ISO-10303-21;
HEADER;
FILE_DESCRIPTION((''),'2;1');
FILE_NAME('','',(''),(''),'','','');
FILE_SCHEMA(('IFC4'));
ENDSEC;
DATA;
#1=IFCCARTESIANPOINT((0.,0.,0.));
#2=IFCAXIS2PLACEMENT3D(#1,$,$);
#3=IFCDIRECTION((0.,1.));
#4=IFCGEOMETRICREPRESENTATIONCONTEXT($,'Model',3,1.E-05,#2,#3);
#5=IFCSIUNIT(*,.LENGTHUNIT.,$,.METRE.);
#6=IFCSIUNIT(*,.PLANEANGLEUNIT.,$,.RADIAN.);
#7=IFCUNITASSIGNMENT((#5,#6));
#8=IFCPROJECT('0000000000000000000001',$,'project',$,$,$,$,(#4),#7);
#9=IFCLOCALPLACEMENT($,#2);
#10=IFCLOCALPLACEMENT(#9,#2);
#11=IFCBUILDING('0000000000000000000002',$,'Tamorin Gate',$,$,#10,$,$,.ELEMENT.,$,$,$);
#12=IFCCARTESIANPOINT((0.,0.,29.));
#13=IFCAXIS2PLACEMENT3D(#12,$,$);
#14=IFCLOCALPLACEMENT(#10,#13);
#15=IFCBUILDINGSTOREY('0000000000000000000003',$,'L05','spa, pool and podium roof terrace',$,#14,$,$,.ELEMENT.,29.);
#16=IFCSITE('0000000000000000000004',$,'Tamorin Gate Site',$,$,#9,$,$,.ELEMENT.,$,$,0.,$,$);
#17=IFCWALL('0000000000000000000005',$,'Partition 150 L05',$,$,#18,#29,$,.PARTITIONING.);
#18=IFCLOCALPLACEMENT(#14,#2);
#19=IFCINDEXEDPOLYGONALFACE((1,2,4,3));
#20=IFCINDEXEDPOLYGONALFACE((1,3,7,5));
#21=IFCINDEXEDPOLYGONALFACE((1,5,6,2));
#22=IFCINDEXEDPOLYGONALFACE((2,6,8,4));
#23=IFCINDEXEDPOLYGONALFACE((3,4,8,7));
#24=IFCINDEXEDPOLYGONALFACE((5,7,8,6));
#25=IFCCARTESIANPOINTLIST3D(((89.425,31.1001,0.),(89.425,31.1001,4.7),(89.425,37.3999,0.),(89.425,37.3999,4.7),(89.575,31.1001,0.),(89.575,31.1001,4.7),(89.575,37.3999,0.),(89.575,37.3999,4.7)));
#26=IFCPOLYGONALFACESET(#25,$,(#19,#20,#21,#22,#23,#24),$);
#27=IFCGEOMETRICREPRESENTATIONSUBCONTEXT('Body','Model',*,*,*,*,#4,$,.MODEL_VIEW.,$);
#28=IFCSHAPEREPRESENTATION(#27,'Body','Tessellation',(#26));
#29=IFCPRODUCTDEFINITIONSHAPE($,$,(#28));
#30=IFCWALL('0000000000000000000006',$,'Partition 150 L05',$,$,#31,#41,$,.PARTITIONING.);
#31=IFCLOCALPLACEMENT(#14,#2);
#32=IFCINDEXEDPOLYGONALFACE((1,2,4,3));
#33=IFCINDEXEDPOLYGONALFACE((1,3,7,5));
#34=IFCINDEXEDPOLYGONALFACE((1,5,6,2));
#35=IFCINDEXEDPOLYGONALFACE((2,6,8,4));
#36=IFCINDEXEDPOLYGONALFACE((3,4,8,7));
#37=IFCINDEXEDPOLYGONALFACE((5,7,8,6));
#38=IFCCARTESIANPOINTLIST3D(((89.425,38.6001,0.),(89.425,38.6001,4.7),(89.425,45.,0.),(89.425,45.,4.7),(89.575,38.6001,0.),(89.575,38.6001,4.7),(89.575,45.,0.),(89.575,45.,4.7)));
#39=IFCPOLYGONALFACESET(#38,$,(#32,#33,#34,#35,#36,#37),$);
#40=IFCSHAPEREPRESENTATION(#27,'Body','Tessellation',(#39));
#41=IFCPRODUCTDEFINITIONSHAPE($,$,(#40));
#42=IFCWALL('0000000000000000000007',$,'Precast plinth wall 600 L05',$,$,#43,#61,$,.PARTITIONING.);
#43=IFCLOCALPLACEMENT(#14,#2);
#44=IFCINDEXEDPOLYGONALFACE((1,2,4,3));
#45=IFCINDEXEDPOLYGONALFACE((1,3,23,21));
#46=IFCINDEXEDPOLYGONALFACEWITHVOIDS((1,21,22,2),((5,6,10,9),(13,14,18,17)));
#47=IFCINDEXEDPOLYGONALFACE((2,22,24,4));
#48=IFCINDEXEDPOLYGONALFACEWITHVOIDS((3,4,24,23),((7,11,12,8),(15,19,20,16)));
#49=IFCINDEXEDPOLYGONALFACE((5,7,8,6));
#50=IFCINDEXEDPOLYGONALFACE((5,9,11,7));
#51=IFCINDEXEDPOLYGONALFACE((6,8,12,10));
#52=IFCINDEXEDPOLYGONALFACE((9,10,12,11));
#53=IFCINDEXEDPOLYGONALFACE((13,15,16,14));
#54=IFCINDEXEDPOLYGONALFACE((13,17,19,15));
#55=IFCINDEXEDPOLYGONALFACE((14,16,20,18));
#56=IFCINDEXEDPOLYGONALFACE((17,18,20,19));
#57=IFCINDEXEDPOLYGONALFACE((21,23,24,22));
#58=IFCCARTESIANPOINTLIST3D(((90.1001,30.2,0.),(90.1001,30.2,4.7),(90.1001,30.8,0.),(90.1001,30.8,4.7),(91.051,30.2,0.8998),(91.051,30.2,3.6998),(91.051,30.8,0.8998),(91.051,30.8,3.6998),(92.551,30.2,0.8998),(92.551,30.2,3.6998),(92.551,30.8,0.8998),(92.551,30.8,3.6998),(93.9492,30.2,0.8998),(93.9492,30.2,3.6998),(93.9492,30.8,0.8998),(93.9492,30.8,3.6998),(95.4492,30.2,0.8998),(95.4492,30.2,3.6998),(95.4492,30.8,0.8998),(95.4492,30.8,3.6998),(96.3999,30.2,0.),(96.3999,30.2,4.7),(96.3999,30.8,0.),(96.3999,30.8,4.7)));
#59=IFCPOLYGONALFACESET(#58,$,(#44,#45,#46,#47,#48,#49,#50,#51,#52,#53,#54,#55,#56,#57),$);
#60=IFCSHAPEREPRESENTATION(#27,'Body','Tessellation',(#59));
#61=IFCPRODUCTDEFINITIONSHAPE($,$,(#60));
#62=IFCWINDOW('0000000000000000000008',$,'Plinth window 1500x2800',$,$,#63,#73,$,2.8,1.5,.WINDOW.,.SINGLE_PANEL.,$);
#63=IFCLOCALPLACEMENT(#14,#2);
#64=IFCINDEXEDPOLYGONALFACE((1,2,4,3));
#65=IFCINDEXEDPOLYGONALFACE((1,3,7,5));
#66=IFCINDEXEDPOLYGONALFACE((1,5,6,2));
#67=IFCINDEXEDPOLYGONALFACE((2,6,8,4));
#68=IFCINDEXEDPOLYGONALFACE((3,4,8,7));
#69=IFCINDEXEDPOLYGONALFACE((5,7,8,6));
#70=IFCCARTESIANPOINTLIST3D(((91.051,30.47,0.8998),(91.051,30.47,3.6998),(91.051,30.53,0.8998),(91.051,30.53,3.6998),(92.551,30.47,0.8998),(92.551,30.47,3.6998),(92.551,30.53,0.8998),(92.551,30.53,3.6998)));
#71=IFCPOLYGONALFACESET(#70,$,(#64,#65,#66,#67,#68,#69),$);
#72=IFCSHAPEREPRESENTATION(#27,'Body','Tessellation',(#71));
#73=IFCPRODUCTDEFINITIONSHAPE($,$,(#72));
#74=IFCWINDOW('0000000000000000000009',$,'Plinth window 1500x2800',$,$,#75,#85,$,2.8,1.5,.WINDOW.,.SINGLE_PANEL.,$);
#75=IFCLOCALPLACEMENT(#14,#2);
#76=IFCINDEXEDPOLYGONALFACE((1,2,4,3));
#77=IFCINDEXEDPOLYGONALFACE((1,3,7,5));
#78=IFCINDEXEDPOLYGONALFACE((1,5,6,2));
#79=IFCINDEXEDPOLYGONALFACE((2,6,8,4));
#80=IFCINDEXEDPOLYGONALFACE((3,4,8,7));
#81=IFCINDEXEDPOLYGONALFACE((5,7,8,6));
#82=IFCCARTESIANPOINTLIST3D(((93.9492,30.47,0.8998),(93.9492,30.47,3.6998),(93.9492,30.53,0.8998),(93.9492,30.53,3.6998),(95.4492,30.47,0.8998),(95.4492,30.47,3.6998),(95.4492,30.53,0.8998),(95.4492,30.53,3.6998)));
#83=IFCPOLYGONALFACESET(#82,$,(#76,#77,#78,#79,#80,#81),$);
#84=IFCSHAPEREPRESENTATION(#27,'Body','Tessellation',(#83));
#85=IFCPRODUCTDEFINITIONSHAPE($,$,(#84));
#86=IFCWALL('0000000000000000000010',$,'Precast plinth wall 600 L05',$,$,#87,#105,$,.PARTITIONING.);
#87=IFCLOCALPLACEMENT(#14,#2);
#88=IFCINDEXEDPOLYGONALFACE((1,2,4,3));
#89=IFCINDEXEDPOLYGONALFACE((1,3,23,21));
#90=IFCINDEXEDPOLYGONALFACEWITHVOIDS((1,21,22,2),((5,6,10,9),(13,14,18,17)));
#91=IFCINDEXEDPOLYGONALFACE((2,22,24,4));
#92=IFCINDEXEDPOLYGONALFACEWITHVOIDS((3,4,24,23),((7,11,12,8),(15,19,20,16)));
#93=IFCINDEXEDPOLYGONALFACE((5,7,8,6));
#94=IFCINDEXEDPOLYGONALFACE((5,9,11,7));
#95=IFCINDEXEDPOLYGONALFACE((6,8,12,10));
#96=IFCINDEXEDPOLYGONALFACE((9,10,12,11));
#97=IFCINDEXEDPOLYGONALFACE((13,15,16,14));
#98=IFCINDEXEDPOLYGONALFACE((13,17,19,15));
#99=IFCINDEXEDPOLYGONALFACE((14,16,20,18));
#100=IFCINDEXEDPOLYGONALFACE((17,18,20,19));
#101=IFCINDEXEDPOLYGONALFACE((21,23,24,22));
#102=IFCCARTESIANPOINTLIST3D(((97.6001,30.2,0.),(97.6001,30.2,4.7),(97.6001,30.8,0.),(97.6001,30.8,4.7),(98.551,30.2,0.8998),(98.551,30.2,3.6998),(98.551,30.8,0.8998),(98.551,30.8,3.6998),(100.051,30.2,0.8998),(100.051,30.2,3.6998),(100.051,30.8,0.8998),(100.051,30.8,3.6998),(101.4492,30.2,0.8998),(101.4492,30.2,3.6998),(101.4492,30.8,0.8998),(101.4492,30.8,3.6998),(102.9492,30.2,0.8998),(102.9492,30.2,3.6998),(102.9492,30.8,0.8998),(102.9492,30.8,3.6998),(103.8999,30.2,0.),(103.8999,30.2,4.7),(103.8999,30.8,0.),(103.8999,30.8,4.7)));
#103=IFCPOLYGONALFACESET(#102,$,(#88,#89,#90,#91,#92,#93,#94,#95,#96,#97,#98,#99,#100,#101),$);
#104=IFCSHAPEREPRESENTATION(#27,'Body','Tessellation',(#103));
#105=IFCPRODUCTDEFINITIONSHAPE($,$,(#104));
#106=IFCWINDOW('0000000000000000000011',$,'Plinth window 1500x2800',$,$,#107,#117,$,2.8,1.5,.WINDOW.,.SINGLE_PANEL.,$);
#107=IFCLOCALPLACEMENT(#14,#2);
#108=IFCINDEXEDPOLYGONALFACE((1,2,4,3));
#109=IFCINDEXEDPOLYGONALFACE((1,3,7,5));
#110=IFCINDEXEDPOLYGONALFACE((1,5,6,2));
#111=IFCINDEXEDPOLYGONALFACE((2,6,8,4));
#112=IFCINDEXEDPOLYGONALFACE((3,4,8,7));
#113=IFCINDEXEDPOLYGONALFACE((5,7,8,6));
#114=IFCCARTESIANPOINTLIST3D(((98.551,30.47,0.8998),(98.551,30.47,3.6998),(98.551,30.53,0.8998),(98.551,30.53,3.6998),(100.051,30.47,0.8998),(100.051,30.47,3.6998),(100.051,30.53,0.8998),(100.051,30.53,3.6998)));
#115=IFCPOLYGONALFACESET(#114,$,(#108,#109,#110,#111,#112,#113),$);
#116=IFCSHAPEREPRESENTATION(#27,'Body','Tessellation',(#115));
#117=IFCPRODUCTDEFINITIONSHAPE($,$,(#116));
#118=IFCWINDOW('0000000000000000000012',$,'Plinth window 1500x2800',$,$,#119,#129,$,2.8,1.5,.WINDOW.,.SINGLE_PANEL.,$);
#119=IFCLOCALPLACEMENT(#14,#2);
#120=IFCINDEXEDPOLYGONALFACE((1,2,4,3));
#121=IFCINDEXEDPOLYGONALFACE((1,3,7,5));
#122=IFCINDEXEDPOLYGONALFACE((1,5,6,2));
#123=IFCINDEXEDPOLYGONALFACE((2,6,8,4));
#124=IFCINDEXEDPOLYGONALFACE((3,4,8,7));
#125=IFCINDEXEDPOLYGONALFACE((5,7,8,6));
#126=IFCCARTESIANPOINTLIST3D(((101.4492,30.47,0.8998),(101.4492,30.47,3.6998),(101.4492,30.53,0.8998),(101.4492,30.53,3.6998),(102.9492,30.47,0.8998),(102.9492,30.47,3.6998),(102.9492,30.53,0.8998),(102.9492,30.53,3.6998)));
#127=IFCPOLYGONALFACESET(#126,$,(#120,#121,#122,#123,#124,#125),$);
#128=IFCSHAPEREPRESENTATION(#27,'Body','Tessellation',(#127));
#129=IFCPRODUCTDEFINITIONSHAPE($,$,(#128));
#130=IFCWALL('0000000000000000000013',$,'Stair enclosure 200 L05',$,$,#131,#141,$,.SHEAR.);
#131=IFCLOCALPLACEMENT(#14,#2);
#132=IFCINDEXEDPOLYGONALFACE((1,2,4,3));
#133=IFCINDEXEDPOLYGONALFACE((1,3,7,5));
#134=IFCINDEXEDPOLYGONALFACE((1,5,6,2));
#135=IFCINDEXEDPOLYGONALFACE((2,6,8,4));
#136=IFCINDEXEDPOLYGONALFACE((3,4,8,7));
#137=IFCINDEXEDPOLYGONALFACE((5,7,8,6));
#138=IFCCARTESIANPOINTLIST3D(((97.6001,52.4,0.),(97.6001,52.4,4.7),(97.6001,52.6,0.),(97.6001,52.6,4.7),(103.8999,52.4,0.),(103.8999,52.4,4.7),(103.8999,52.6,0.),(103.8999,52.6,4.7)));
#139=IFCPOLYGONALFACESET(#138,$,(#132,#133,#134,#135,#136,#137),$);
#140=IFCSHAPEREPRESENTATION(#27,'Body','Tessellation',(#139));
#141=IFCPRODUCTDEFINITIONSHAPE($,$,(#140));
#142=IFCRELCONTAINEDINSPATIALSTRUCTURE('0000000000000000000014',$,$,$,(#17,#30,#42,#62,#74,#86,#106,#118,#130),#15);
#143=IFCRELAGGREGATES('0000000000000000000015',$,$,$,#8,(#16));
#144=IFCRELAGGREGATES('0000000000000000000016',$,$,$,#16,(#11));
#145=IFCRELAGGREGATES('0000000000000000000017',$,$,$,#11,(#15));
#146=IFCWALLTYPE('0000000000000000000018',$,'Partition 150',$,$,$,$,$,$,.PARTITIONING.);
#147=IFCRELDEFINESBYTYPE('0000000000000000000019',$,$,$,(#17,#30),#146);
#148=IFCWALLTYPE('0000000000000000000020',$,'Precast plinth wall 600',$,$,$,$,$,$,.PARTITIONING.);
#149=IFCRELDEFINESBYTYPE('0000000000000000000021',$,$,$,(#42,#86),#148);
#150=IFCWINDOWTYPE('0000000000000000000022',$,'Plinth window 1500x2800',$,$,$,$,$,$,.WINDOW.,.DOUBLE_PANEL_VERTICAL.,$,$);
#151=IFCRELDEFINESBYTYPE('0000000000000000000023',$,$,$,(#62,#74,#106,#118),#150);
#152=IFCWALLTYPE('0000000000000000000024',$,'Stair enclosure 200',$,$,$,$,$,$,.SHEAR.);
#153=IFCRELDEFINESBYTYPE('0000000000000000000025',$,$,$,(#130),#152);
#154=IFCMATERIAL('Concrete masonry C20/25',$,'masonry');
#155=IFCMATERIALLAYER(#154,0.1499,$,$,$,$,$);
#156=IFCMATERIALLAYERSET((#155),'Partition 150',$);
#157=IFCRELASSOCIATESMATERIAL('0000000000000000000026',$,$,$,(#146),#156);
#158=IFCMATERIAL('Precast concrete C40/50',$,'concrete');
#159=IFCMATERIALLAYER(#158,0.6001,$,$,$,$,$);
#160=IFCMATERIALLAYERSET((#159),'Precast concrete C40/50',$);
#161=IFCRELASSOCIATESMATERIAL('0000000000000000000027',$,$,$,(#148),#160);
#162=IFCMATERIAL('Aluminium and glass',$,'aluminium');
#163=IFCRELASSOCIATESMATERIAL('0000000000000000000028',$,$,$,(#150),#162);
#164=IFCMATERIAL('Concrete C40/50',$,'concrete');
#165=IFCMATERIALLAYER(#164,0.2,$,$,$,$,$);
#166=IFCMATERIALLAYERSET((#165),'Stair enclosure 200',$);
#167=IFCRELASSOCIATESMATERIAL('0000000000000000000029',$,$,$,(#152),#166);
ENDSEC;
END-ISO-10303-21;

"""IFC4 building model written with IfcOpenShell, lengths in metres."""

from ifc_helpers import new_model, si_unit, direction, frame, frame_2d, origin, place, context, subcontext, project, spatial, rectangle, extrude, material, layer, layer_set, type_object, element, fill, save


model = new_model("IFC4")

# Units and contexts
model_context = context("Model", 3, precision=1e-05, world=origin(), true_north=direction((0.0, 1.0)))
body_context = subcontext(model_context, "Body", "Model", "MODEL_VIEW")
ifc_project = project(units=[si_unit("LENGTHUNIT", "METRE"), si_unit("PLANEANGLEUNIT", "RADIAN")], contexts=[model_context])

# Site, building, storey
site_placement = place(None, origin())
site = spatial("IfcSite", under=ifc_project, at=site_placement, Name="Tamorin Gate Site", CompositionType="ELEMENT", RefElevation=0.0)
building_placement = place(site_placement, origin())
building = spatial("IfcBuilding", under=site, at=building_placement, Name="Tamorin Gate", CompositionType="ELEMENT")
storey_placement = place(building_placement, frame((0.0, 0.0, 29.0)))
storey = spatial("IfcBuildingStorey", under=building, at=storey_placement, Name="L05", Description="spa, pool and podium roof terrace", CompositionType="ELEMENT", Elevation=29.0)

# Shared definitions
ifc_material_1 = material(Name="Concrete masonry C20/25", Category="masonry")
ifc_layer_1 = layer(ifc_material_1, 0.1499)
ifc_layer_set_1 = layer_set([ifc_layer_1], Name="Partition 150")
wall_type_1 = type_object("IfcWallType", Name="Partition 150", PredefinedType="PARTITIONING", material=ifc_layer_set_1)

# Walls
wall_1_placement = place(storey_placement, frame((89.5, 31.1001, 0.0), z_axis=(0.0, 0.0, 1.0), x_axis=(0.0, 1.0, 0.0)))
element("IfcWall", 1, at=wall_1_placement, inside=storey, type_object=wall_type_1, Name="Partition 150 L05", PredefinedType="PARTITIONING", context=body_context, shape_type="SweptSolid", body=[
    extrude(rectangle(XDim=6.2998, YDim=0.1499, at=frame_2d((3.1499, 0.0))), origin(), (0.0, 0.0, 1.0), 4.7),
])
wall_2_placement = place(storey_placement, frame((89.5, 38.6001, 0.0), z_axis=(0.0, 0.0, 1.0), x_axis=(0.0, 1.0, 0.0)))
element("IfcWall", 2, at=wall_2_placement, inside=storey, type_object=wall_type_1, Name="Partition 150 L05", PredefinedType="PARTITIONING", context=body_context, shape_type="SweptSolid", body=[
    extrude(rectangle(XDim=6.3999, YDim=0.1499, at=frame_2d((3.2, 0.0))), origin(), (0.0, 0.0, 1.0), 4.7),
])

# Walls, openings, windows
ifc_material_2 = material(Name="Precast concrete C40/50", Category="concrete")
ifc_layer_2 = layer(ifc_material_2, 0.6001)
ifc_layer_set_2 = layer_set([ifc_layer_2], Name="Precast concrete C40/50")
wall_type_2 = type_object("IfcWallType", Name="Precast plinth wall 600", PredefinedType="PARTITIONING", material=ifc_layer_set_2)
wall_3_placement = place(storey_placement, frame((90.1001, 30.5, 0.0), z_axis=(0.0, 0.0, 1.0), x_axis=(1.0, 0.0, 0.0)))
wall_3 = element("IfcWall", 3, at=wall_3_placement, inside=storey, type_object=wall_type_2, Name="Precast plinth wall 600 L05", PredefinedType="PARTITIONING", context=body_context, shape_type="SweptSolid", body=[
    extrude(rectangle(XDim=6.2998, YDim=0.6001, at=frame_2d((3.1499, 0.0))), origin(), (0.0, 0.0, 1.0), 4.7),
])
opening_1_placement = place(wall_3_placement, frame((0.9509, 0.0, 0.8999)))
opening_1 = element("IfcOpeningElement", 4, at=opening_1_placement, cuts=wall_3, PredefinedType="OPENING", context=body_context, shape_type="SweptSolid", body=[
    extrude(rectangle(XDim=1.5, YDim=2.8, at=frame_2d((0.75, 1.3999))), frame((0.0, 0.3101, 0.0), z_axis=(0.0, -1.0, 0.0), x_axis=(1.0, 0.0, 0.0)), (0.0, 0.0, 1.0), 0.6201),
])
opening_2_placement = place(wall_3_placement, frame((3.8491, 0.0, 0.8999)))
opening_2 = element("IfcOpeningElement", 5, at=opening_2_placement, cuts=wall_3, PredefinedType="OPENING", context=body_context, shape_type="SweptSolid", body=[
    extrude(rectangle(XDim=1.5, YDim=2.8, at=frame_2d((0.75, 1.3999))), frame((0.0, 0.3101, 0.0), z_axis=(0.0, -1.0, 0.0), x_axis=(1.0, 0.0, 0.0)), (0.0, 0.0, 1.0), 0.6201),
])
ifc_material_3 = material(Name="Aluminium and glass", Category="aluminium")
window_type = type_object("IfcWindowType", Name="Plinth window 1500x2800", PartitioningType="DOUBLE_PANEL_VERTICAL", PredefinedType="WINDOW", material=ifc_material_3)
window_1_placement = place(opening_1_placement, origin())
window_1 = element("IfcWindow", 6, at=window_1_placement, inside=storey, type_object=window_type, Name="Plinth window 1500x2800", OverallHeight=2.8, OverallWidth=1.5, PartitioningType="SINGLE_PANEL", PredefinedType="WINDOW", context=body_context, shape_type="SweptSolid", body=[
    extrude(rectangle(XDim=1.5, YDim=2.8, at=frame_2d((0.75, 1.3999))), frame((0.0, 0.03, 0.0), z_axis=(0.0, -1.0, 0.0), x_axis=(1.0, 0.0, 0.0)), (0.0, 0.0, 1.0), 0.0601),
])
fill(opening_1, window_1)
window_2_placement = place(opening_2_placement, origin())
window_2 = element("IfcWindow", 7, at=window_2_placement, inside=storey, type_object=window_type, Name="Plinth window 1500x2800", OverallHeight=2.8, OverallWidth=1.5, PartitioningType="SINGLE_PANEL", PredefinedType="WINDOW", context=body_context, shape_type="SweptSolid", body=[
    extrude(rectangle(XDim=1.5, YDim=2.8, at=frame_2d((0.75, 1.3999))), frame((0.0, 0.03, 0.0), z_axis=(0.0, -1.0, 0.0), x_axis=(1.0, 0.0, 0.0)), (0.0, 0.0, 1.0), 0.0601),
])
fill(opening_2, window_2)
wall_4_placement = place(storey_placement, frame((97.6001, 30.5, 0.0), z_axis=(0.0, 0.0, 1.0), x_axis=(1.0, 0.0, 0.0)))
wall_4 = element("IfcWall", 8, at=wall_4_placement, inside=storey, type_object=wall_type_2, Name="Precast plinth wall 600 L05", PredefinedType="PARTITIONING", context=body_context, shape_type="SweptSolid", body=[
    extrude(rectangle(XDim=6.2998, YDim=0.6001, at=frame_2d((3.1499, 0.0))), origin(), (0.0, 0.0, 1.0), 4.7),
])
opening_3_placement = place(wall_4_placement, frame((0.9509, 0.0, 0.8999)))
opening_3 = element("IfcOpeningElement", 9, at=opening_3_placement, cuts=wall_4, PredefinedType="OPENING", context=body_context, shape_type="SweptSolid", body=[
    extrude(rectangle(XDim=1.5, YDim=2.8, at=frame_2d((0.75, 1.3999))), frame((0.0, 0.3101, 0.0), z_axis=(0.0, -1.0, 0.0), x_axis=(1.0, 0.0, 0.0)), (0.0, 0.0, 1.0), 0.6201),
])
opening_4_placement = place(wall_4_placement, frame((3.8491, 0.0, 0.8999)))
opening_4 = element("IfcOpeningElement", 10, at=opening_4_placement, cuts=wall_4, PredefinedType="OPENING", context=body_context, shape_type="SweptSolid", body=[
    extrude(rectangle(XDim=1.5, YDim=2.8, at=frame_2d((0.75, 1.3999))), frame((0.0, 0.3101, 0.0), z_axis=(0.0, -1.0, 0.0), x_axis=(1.0, 0.0, 0.0)), (0.0, 0.0, 1.0), 0.6201),
])
window_3_placement = place(opening_3_placement, origin())
window_3 = element("IfcWindow", 11, at=window_3_placement, inside=storey, type_object=window_type, Name="Plinth window 1500x2800", OverallHeight=2.8, OverallWidth=1.5, PartitioningType="SINGLE_PANEL", PredefinedType="WINDOW", context=body_context, shape_type="SweptSolid", body=[
    extrude(rectangle(XDim=1.5, YDim=2.8, at=frame_2d((0.75, 1.3999))), frame((0.0, 0.03, 0.0), z_axis=(0.0, -1.0, 0.0), x_axis=(1.0, 0.0, 0.0)), (0.0, 0.0, 1.0), 0.0601),
])
fill(opening_3, window_3)
window_4_placement = place(opening_4_placement, origin())
window_4 = element("IfcWindow", 12, at=window_4_placement, inside=storey, type_object=window_type, Name="Plinth window 1500x2800", OverallHeight=2.8, OverallWidth=1.5, PartitioningType="SINGLE_PANEL", PredefinedType="WINDOW", context=body_context, shape_type="SweptSolid", body=[
    extrude(rectangle(XDim=1.5, YDim=2.8, at=frame_2d((0.75, 1.3999))), frame((0.0, 0.03, 0.0), z_axis=(0.0, -1.0, 0.0), x_axis=(1.0, 0.0, 0.0)), (0.0, 0.0, 1.0), 0.0601),
])
fill(opening_4, window_4)

# Wall
ifc_material_4 = material(Name="Concrete C40/50", Category="concrete")
ifc_layer_3 = layer(ifc_material_4, 0.2)
ifc_layer_set_3 = layer_set([ifc_layer_3], Name="Stair enclosure 200")
wall_type_3 = type_object("IfcWallType", Name="Stair enclosure 200", PredefinedType="SHEAR", material=ifc_layer_set_3)
wall_5_placement = place(storey_placement, frame((97.6001, 52.5, 0.0), z_axis=(0.0, 0.0, 1.0), x_axis=(1.0, 0.0, 0.0)))
element("IfcWall", 13, at=wall_5_placement, inside=storey, type_object=wall_type_3, Name="Stair enclosure 200 L05", PredefinedType="SHEAR", context=body_context, shape_type="SweptSolid", body=[
    extrude(rectangle(XDim=6.2998, YDim=0.2, at=frame_2d((3.1499, 0.0))), origin(), (0.0, 0.0, 1.0), 4.7),
])

save(model, "model.ifc")
